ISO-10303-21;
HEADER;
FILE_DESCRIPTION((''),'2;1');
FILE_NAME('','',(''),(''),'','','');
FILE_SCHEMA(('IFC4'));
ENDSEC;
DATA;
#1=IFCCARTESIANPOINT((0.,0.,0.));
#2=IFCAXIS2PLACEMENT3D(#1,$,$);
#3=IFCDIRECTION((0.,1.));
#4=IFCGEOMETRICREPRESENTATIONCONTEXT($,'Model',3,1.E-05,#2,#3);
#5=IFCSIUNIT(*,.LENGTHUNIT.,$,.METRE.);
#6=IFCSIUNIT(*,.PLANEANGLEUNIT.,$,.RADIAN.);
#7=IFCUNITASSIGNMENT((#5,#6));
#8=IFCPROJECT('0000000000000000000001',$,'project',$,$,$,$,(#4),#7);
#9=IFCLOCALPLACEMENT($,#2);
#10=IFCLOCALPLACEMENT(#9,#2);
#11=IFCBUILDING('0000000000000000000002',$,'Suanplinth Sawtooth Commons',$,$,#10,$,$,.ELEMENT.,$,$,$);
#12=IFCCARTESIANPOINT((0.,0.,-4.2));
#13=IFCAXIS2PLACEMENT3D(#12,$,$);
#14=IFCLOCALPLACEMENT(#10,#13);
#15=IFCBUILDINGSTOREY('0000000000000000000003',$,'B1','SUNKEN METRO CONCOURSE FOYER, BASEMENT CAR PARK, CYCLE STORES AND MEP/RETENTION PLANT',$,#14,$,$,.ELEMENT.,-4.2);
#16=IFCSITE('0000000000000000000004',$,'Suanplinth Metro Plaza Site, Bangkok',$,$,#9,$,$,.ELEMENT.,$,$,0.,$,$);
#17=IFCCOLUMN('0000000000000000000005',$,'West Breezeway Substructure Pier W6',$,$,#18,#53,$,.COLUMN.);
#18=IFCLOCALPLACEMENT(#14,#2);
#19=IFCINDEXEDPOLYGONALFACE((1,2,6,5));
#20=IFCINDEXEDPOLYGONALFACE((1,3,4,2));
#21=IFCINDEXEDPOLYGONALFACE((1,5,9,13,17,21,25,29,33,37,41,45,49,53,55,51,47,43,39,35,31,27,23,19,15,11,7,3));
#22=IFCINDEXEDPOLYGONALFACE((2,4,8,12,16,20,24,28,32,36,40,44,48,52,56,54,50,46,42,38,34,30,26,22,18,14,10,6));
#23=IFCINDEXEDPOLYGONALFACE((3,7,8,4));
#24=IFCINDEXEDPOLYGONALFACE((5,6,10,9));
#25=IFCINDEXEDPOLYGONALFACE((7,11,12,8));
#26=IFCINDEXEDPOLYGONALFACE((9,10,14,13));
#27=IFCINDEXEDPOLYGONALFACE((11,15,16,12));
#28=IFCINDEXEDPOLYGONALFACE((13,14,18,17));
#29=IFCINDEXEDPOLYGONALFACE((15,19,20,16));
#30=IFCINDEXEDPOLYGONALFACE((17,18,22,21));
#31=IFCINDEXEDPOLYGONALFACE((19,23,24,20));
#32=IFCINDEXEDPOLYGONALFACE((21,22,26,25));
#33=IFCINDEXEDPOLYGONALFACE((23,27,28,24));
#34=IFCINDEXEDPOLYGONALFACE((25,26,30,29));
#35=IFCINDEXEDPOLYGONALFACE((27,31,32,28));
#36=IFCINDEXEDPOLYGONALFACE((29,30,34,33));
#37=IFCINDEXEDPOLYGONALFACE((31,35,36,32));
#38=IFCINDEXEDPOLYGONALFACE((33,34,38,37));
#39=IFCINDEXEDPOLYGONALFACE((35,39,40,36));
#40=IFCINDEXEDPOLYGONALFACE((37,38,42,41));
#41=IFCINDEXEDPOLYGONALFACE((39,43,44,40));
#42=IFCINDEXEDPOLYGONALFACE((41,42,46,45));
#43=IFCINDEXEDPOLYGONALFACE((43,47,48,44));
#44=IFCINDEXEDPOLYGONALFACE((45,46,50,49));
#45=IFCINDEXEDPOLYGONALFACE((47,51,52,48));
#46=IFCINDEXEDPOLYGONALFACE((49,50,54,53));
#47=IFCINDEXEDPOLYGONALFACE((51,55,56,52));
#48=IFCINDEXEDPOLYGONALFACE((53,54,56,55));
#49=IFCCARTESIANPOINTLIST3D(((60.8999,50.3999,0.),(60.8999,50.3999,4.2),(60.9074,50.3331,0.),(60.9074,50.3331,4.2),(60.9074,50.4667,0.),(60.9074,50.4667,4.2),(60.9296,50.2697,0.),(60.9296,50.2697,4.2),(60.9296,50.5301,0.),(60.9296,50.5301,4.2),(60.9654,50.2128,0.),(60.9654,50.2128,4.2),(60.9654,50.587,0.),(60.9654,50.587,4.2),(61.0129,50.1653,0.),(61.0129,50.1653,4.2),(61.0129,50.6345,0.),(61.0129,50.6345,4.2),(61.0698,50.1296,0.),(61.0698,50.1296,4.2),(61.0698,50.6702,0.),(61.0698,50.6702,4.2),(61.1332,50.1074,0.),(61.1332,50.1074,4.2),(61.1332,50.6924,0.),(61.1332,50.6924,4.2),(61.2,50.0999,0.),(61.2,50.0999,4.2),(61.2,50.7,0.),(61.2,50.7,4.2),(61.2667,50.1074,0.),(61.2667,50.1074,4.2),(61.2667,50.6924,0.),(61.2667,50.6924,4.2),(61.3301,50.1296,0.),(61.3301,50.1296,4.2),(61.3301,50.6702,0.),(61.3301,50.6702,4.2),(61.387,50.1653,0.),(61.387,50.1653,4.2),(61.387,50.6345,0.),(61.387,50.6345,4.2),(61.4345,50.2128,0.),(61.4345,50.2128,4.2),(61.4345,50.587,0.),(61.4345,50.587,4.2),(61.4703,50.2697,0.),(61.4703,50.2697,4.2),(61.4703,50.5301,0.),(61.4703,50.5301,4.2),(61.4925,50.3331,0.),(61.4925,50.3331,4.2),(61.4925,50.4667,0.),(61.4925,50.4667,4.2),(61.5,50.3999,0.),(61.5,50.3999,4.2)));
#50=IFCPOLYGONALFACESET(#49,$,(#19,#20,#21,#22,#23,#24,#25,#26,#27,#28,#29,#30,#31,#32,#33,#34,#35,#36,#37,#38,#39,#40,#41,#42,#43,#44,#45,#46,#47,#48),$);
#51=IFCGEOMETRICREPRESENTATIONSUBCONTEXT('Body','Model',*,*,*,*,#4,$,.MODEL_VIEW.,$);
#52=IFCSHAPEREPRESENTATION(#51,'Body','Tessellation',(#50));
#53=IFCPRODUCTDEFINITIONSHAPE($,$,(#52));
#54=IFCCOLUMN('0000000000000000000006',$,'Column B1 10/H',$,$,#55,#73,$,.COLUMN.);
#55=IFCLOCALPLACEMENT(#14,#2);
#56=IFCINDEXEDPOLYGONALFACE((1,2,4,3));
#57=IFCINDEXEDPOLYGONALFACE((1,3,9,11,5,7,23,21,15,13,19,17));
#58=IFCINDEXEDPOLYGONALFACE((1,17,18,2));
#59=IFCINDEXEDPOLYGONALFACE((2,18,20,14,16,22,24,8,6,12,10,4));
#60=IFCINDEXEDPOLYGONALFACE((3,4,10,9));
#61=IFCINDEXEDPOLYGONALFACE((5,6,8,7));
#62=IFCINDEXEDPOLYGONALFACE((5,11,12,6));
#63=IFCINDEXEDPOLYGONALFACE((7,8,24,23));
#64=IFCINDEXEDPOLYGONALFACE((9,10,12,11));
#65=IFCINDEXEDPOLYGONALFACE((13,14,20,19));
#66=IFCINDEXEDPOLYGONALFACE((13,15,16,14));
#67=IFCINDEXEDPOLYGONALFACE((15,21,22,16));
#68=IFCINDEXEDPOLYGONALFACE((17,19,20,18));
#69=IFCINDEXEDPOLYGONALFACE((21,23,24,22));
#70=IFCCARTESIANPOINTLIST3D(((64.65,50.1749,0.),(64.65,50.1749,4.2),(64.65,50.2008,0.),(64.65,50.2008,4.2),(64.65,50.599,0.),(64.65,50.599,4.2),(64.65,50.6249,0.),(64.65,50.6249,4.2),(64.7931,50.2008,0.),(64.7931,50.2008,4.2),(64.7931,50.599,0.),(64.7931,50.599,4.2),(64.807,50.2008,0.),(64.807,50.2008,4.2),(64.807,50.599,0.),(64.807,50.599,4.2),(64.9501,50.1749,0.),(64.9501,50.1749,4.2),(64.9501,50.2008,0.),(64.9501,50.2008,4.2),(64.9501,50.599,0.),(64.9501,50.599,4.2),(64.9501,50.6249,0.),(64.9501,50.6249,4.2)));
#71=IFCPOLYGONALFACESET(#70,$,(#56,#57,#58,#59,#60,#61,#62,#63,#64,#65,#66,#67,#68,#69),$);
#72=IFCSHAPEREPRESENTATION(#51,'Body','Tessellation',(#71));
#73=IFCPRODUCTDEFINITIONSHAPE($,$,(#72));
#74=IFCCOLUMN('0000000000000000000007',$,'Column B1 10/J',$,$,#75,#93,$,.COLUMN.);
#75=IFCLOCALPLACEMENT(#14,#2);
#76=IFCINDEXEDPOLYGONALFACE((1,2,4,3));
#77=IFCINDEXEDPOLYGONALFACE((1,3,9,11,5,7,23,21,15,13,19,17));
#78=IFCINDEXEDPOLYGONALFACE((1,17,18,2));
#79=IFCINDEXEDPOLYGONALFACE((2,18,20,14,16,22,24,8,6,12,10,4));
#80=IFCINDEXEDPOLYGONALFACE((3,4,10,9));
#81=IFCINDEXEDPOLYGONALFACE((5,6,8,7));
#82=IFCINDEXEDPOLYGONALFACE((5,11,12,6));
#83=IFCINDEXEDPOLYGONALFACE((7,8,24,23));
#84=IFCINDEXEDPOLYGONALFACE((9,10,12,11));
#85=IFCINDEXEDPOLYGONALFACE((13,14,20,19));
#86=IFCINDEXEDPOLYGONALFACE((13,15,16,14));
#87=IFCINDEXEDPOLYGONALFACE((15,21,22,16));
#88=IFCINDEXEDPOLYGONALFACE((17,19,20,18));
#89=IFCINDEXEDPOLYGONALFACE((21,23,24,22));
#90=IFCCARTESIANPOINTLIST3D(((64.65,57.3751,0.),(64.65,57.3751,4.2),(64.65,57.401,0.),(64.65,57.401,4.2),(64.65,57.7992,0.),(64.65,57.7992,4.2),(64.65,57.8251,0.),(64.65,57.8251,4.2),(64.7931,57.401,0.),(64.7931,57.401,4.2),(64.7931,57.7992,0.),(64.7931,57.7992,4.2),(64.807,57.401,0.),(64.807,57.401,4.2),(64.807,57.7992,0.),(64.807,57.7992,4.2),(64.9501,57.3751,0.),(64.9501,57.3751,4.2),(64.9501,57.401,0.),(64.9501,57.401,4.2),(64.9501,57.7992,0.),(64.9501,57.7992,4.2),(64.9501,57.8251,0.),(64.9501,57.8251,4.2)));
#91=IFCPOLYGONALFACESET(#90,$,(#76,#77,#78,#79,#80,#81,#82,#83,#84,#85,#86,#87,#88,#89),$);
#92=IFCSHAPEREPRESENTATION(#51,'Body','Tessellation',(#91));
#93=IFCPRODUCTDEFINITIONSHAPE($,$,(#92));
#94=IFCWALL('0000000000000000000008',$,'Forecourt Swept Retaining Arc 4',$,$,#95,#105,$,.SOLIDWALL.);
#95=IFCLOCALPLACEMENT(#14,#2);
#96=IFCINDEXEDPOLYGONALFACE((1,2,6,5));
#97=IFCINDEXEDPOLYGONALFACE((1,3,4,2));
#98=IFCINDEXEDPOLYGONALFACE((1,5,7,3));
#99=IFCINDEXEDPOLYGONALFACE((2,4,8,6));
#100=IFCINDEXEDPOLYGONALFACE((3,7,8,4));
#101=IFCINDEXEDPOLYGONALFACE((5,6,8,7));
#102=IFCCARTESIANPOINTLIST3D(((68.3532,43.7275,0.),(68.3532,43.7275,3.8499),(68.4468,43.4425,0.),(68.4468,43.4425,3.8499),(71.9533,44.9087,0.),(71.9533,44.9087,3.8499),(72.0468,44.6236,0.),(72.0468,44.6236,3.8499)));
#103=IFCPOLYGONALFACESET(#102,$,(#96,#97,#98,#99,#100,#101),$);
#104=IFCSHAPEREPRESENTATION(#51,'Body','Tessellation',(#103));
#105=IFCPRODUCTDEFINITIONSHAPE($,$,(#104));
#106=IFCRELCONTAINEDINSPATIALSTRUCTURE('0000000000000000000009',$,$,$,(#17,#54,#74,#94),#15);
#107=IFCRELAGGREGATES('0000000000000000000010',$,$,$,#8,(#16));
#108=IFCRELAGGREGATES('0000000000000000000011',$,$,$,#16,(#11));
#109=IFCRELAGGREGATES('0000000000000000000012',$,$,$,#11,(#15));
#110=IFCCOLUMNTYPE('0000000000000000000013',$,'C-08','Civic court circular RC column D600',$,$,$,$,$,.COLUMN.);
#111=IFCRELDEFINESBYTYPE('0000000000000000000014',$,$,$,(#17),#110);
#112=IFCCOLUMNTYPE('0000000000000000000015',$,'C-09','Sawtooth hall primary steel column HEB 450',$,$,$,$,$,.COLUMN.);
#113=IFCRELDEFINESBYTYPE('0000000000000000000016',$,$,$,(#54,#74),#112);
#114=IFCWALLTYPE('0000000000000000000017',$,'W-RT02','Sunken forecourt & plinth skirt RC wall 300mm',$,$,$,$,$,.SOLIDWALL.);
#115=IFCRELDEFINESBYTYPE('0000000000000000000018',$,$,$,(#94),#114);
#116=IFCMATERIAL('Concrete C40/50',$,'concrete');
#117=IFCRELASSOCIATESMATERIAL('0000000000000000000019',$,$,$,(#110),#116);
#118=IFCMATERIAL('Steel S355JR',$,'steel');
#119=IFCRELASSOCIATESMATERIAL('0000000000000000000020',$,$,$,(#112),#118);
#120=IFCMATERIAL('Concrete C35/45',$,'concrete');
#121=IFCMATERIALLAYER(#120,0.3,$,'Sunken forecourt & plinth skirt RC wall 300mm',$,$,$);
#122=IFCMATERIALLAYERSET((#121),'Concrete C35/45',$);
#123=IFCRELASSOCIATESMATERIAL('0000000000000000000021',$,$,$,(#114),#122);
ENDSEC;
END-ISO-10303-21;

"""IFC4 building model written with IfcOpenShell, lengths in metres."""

from ifc_helpers import new_model, si_unit, direction, frame, frame_2d, origin, origin_2d, place, context, subcontext, project, spatial, rectangle, circle, i_section, extrude, material, layer, layer_set, material_profile, profile_set, type_object, element, save


model = new_model("IFC4")

# Units and contexts
model_context = context("Model", 3, precision=1e-05, world=origin(), true_north=direction((0.0, 1.0)))
body_context = subcontext(model_context, "Body", "Model", "MODEL_VIEW")
ifc_project = project(units=[si_unit("LENGTHUNIT", "METRE"), si_unit("PLANEANGLEUNIT", "RADIAN")], contexts=[model_context])

# Site, building, storey
site_placement = place(None, origin())
site = spatial("IfcSite", under=ifc_project, at=site_placement, Name="Suanplinth Metro Plaza Site, Bangkok", CompositionType="ELEMENT", RefElevation=0.0)
building_placement = place(site_placement, origin())
building = spatial("IfcBuilding", under=site, at=building_placement, Name="Suanplinth Sawtooth Commons", CompositionType="ELEMENT")
storey_placement = place(building_placement, frame((0.0, 0.0, -4.2)))
storey = spatial("IfcBuildingStorey", under=building, at=storey_placement, Name="B1", Description="SUNKEN METRO CONCOURSE FOYER, BASEMENT CAR PARK, CYCLE STORES AND MEP/RETENTION PLANT", CompositionType="ELEMENT", Elevation=-4.2)

# Shared definitions
ifc_material_1 = material(Name="Concrete C35/45", Category="concrete")

# Columns
ifc_material_2 = material(Name="Concrete C40/50", Category="concrete")
ifc_material_profile_1 = material_profile(ifc_material_2, circle(Radius=0.3, at=origin_2d()), Name="RC-CIRC D600")
ifc_profile_set_1 = profile_set([ifc_material_profile_1], Name="Concrete C40/50")
column_type_1 = type_object("IfcColumnType", Name="C-08", Description="Civic court circular RC column D600", PredefinedType="COLUMN", material=ifc_profile_set_1)
for number, where, z_axis, x_axis, name in (
    (1, (61.2, 50.3999, 0.0), (0.0, 0.0, 1.0), (1.0, 0.0, 0.0), "West Breezeway Substructure Pier W6"),
):
    element("IfcColumn", number, at=place(storey_placement, frame(where, z_axis=z_axis, x_axis=x_axis)), inside=storey, type_object=column_type_1, Name=name, PredefinedType="COLUMN", context=body_context, shape_type="SweptSolid", body=[
        extrude(circle(Radius=0.3, at=origin_2d()), origin(), (0.0, 0.0, 1.0), 4.2),
    ])
ifc_material_3 = material(Name="Steel S355JR", Category="steel")
ifc_material_profile_2 = material_profile(ifc_material_3, i_section(OverallWidth=0.3, OverallDepth=0.45, WebThickness=0.0139, FlangeThickness=0.0259, at=origin_2d()), Name="HEB 450")
ifc_profile_set_2 = profile_set([ifc_material_profile_2], Name="Steel S355JR")
column_type_2 = type_object("IfcColumnType", Name="C-09", Description="Sawtooth hall primary steel column HEB 450", PredefinedType="COLUMN", material=ifc_profile_set_2)
for number, where, z_axis, x_axis, name in (
    (2, (64.8, 50.3999, 0.0), (0.0, 0.0, 1.0), (1.0, 0.0, 0.0), "Column B1 10/H"),
    (3, (64.8, 57.6001, 0.0), (0.0, 0.0, 1.0), (1.0, 0.0, 0.0), "Column B1 10/J"),
):
    element("IfcColumn", number, at=place(storey_placement, frame(where, z_axis=z_axis, x_axis=x_axis)), inside=storey, type_object=column_type_2, Name=name, PredefinedType="COLUMN", context=body_context, shape_type="SweptSolid", body=[
        extrude(i_section(OverallWidth=0.3, OverallDepth=0.45, WebThickness=0.0139, FlangeThickness=0.0259, at=origin_2d()), origin(), (0.0, 0.0, 1.0), 4.2),
    ])

# Wall
ifc_layer = layer(ifc_material_1, 0.3, Name="Sunken forecourt & plinth skirt RC wall 300mm")
ifc_layer_set = layer_set([ifc_layer], Name="Concrete C35/45")
wall_type = type_object("IfcWallType", Name="W-RT02", Description="Sunken forecourt & plinth skirt RC wall 300mm", PredefinedType="SOLIDWALL", material=ifc_layer_set)
wall_placement = place(storey_placement, frame((68.3999, 43.585, 0.0), z_axis=(0.0, 0.0, 1.0), x_axis=(0.950168, 0.31174, 0.0)))
element("IfcWall", 4, at=wall_placement, inside=storey, type_object=wall_type, Name="Forecourt Swept Retaining Arc 4", PredefinedType="SOLIDWALL", context=body_context, shape_type="SweptSolid", body=[
    extrude(rectangle(XDim=3.7888, YDim=0.3, at=frame_2d((1.8945, 0.0))), origin(), (0.0, 0.0, 1.0), 3.8499),
])

save(model, "model.ifc")
